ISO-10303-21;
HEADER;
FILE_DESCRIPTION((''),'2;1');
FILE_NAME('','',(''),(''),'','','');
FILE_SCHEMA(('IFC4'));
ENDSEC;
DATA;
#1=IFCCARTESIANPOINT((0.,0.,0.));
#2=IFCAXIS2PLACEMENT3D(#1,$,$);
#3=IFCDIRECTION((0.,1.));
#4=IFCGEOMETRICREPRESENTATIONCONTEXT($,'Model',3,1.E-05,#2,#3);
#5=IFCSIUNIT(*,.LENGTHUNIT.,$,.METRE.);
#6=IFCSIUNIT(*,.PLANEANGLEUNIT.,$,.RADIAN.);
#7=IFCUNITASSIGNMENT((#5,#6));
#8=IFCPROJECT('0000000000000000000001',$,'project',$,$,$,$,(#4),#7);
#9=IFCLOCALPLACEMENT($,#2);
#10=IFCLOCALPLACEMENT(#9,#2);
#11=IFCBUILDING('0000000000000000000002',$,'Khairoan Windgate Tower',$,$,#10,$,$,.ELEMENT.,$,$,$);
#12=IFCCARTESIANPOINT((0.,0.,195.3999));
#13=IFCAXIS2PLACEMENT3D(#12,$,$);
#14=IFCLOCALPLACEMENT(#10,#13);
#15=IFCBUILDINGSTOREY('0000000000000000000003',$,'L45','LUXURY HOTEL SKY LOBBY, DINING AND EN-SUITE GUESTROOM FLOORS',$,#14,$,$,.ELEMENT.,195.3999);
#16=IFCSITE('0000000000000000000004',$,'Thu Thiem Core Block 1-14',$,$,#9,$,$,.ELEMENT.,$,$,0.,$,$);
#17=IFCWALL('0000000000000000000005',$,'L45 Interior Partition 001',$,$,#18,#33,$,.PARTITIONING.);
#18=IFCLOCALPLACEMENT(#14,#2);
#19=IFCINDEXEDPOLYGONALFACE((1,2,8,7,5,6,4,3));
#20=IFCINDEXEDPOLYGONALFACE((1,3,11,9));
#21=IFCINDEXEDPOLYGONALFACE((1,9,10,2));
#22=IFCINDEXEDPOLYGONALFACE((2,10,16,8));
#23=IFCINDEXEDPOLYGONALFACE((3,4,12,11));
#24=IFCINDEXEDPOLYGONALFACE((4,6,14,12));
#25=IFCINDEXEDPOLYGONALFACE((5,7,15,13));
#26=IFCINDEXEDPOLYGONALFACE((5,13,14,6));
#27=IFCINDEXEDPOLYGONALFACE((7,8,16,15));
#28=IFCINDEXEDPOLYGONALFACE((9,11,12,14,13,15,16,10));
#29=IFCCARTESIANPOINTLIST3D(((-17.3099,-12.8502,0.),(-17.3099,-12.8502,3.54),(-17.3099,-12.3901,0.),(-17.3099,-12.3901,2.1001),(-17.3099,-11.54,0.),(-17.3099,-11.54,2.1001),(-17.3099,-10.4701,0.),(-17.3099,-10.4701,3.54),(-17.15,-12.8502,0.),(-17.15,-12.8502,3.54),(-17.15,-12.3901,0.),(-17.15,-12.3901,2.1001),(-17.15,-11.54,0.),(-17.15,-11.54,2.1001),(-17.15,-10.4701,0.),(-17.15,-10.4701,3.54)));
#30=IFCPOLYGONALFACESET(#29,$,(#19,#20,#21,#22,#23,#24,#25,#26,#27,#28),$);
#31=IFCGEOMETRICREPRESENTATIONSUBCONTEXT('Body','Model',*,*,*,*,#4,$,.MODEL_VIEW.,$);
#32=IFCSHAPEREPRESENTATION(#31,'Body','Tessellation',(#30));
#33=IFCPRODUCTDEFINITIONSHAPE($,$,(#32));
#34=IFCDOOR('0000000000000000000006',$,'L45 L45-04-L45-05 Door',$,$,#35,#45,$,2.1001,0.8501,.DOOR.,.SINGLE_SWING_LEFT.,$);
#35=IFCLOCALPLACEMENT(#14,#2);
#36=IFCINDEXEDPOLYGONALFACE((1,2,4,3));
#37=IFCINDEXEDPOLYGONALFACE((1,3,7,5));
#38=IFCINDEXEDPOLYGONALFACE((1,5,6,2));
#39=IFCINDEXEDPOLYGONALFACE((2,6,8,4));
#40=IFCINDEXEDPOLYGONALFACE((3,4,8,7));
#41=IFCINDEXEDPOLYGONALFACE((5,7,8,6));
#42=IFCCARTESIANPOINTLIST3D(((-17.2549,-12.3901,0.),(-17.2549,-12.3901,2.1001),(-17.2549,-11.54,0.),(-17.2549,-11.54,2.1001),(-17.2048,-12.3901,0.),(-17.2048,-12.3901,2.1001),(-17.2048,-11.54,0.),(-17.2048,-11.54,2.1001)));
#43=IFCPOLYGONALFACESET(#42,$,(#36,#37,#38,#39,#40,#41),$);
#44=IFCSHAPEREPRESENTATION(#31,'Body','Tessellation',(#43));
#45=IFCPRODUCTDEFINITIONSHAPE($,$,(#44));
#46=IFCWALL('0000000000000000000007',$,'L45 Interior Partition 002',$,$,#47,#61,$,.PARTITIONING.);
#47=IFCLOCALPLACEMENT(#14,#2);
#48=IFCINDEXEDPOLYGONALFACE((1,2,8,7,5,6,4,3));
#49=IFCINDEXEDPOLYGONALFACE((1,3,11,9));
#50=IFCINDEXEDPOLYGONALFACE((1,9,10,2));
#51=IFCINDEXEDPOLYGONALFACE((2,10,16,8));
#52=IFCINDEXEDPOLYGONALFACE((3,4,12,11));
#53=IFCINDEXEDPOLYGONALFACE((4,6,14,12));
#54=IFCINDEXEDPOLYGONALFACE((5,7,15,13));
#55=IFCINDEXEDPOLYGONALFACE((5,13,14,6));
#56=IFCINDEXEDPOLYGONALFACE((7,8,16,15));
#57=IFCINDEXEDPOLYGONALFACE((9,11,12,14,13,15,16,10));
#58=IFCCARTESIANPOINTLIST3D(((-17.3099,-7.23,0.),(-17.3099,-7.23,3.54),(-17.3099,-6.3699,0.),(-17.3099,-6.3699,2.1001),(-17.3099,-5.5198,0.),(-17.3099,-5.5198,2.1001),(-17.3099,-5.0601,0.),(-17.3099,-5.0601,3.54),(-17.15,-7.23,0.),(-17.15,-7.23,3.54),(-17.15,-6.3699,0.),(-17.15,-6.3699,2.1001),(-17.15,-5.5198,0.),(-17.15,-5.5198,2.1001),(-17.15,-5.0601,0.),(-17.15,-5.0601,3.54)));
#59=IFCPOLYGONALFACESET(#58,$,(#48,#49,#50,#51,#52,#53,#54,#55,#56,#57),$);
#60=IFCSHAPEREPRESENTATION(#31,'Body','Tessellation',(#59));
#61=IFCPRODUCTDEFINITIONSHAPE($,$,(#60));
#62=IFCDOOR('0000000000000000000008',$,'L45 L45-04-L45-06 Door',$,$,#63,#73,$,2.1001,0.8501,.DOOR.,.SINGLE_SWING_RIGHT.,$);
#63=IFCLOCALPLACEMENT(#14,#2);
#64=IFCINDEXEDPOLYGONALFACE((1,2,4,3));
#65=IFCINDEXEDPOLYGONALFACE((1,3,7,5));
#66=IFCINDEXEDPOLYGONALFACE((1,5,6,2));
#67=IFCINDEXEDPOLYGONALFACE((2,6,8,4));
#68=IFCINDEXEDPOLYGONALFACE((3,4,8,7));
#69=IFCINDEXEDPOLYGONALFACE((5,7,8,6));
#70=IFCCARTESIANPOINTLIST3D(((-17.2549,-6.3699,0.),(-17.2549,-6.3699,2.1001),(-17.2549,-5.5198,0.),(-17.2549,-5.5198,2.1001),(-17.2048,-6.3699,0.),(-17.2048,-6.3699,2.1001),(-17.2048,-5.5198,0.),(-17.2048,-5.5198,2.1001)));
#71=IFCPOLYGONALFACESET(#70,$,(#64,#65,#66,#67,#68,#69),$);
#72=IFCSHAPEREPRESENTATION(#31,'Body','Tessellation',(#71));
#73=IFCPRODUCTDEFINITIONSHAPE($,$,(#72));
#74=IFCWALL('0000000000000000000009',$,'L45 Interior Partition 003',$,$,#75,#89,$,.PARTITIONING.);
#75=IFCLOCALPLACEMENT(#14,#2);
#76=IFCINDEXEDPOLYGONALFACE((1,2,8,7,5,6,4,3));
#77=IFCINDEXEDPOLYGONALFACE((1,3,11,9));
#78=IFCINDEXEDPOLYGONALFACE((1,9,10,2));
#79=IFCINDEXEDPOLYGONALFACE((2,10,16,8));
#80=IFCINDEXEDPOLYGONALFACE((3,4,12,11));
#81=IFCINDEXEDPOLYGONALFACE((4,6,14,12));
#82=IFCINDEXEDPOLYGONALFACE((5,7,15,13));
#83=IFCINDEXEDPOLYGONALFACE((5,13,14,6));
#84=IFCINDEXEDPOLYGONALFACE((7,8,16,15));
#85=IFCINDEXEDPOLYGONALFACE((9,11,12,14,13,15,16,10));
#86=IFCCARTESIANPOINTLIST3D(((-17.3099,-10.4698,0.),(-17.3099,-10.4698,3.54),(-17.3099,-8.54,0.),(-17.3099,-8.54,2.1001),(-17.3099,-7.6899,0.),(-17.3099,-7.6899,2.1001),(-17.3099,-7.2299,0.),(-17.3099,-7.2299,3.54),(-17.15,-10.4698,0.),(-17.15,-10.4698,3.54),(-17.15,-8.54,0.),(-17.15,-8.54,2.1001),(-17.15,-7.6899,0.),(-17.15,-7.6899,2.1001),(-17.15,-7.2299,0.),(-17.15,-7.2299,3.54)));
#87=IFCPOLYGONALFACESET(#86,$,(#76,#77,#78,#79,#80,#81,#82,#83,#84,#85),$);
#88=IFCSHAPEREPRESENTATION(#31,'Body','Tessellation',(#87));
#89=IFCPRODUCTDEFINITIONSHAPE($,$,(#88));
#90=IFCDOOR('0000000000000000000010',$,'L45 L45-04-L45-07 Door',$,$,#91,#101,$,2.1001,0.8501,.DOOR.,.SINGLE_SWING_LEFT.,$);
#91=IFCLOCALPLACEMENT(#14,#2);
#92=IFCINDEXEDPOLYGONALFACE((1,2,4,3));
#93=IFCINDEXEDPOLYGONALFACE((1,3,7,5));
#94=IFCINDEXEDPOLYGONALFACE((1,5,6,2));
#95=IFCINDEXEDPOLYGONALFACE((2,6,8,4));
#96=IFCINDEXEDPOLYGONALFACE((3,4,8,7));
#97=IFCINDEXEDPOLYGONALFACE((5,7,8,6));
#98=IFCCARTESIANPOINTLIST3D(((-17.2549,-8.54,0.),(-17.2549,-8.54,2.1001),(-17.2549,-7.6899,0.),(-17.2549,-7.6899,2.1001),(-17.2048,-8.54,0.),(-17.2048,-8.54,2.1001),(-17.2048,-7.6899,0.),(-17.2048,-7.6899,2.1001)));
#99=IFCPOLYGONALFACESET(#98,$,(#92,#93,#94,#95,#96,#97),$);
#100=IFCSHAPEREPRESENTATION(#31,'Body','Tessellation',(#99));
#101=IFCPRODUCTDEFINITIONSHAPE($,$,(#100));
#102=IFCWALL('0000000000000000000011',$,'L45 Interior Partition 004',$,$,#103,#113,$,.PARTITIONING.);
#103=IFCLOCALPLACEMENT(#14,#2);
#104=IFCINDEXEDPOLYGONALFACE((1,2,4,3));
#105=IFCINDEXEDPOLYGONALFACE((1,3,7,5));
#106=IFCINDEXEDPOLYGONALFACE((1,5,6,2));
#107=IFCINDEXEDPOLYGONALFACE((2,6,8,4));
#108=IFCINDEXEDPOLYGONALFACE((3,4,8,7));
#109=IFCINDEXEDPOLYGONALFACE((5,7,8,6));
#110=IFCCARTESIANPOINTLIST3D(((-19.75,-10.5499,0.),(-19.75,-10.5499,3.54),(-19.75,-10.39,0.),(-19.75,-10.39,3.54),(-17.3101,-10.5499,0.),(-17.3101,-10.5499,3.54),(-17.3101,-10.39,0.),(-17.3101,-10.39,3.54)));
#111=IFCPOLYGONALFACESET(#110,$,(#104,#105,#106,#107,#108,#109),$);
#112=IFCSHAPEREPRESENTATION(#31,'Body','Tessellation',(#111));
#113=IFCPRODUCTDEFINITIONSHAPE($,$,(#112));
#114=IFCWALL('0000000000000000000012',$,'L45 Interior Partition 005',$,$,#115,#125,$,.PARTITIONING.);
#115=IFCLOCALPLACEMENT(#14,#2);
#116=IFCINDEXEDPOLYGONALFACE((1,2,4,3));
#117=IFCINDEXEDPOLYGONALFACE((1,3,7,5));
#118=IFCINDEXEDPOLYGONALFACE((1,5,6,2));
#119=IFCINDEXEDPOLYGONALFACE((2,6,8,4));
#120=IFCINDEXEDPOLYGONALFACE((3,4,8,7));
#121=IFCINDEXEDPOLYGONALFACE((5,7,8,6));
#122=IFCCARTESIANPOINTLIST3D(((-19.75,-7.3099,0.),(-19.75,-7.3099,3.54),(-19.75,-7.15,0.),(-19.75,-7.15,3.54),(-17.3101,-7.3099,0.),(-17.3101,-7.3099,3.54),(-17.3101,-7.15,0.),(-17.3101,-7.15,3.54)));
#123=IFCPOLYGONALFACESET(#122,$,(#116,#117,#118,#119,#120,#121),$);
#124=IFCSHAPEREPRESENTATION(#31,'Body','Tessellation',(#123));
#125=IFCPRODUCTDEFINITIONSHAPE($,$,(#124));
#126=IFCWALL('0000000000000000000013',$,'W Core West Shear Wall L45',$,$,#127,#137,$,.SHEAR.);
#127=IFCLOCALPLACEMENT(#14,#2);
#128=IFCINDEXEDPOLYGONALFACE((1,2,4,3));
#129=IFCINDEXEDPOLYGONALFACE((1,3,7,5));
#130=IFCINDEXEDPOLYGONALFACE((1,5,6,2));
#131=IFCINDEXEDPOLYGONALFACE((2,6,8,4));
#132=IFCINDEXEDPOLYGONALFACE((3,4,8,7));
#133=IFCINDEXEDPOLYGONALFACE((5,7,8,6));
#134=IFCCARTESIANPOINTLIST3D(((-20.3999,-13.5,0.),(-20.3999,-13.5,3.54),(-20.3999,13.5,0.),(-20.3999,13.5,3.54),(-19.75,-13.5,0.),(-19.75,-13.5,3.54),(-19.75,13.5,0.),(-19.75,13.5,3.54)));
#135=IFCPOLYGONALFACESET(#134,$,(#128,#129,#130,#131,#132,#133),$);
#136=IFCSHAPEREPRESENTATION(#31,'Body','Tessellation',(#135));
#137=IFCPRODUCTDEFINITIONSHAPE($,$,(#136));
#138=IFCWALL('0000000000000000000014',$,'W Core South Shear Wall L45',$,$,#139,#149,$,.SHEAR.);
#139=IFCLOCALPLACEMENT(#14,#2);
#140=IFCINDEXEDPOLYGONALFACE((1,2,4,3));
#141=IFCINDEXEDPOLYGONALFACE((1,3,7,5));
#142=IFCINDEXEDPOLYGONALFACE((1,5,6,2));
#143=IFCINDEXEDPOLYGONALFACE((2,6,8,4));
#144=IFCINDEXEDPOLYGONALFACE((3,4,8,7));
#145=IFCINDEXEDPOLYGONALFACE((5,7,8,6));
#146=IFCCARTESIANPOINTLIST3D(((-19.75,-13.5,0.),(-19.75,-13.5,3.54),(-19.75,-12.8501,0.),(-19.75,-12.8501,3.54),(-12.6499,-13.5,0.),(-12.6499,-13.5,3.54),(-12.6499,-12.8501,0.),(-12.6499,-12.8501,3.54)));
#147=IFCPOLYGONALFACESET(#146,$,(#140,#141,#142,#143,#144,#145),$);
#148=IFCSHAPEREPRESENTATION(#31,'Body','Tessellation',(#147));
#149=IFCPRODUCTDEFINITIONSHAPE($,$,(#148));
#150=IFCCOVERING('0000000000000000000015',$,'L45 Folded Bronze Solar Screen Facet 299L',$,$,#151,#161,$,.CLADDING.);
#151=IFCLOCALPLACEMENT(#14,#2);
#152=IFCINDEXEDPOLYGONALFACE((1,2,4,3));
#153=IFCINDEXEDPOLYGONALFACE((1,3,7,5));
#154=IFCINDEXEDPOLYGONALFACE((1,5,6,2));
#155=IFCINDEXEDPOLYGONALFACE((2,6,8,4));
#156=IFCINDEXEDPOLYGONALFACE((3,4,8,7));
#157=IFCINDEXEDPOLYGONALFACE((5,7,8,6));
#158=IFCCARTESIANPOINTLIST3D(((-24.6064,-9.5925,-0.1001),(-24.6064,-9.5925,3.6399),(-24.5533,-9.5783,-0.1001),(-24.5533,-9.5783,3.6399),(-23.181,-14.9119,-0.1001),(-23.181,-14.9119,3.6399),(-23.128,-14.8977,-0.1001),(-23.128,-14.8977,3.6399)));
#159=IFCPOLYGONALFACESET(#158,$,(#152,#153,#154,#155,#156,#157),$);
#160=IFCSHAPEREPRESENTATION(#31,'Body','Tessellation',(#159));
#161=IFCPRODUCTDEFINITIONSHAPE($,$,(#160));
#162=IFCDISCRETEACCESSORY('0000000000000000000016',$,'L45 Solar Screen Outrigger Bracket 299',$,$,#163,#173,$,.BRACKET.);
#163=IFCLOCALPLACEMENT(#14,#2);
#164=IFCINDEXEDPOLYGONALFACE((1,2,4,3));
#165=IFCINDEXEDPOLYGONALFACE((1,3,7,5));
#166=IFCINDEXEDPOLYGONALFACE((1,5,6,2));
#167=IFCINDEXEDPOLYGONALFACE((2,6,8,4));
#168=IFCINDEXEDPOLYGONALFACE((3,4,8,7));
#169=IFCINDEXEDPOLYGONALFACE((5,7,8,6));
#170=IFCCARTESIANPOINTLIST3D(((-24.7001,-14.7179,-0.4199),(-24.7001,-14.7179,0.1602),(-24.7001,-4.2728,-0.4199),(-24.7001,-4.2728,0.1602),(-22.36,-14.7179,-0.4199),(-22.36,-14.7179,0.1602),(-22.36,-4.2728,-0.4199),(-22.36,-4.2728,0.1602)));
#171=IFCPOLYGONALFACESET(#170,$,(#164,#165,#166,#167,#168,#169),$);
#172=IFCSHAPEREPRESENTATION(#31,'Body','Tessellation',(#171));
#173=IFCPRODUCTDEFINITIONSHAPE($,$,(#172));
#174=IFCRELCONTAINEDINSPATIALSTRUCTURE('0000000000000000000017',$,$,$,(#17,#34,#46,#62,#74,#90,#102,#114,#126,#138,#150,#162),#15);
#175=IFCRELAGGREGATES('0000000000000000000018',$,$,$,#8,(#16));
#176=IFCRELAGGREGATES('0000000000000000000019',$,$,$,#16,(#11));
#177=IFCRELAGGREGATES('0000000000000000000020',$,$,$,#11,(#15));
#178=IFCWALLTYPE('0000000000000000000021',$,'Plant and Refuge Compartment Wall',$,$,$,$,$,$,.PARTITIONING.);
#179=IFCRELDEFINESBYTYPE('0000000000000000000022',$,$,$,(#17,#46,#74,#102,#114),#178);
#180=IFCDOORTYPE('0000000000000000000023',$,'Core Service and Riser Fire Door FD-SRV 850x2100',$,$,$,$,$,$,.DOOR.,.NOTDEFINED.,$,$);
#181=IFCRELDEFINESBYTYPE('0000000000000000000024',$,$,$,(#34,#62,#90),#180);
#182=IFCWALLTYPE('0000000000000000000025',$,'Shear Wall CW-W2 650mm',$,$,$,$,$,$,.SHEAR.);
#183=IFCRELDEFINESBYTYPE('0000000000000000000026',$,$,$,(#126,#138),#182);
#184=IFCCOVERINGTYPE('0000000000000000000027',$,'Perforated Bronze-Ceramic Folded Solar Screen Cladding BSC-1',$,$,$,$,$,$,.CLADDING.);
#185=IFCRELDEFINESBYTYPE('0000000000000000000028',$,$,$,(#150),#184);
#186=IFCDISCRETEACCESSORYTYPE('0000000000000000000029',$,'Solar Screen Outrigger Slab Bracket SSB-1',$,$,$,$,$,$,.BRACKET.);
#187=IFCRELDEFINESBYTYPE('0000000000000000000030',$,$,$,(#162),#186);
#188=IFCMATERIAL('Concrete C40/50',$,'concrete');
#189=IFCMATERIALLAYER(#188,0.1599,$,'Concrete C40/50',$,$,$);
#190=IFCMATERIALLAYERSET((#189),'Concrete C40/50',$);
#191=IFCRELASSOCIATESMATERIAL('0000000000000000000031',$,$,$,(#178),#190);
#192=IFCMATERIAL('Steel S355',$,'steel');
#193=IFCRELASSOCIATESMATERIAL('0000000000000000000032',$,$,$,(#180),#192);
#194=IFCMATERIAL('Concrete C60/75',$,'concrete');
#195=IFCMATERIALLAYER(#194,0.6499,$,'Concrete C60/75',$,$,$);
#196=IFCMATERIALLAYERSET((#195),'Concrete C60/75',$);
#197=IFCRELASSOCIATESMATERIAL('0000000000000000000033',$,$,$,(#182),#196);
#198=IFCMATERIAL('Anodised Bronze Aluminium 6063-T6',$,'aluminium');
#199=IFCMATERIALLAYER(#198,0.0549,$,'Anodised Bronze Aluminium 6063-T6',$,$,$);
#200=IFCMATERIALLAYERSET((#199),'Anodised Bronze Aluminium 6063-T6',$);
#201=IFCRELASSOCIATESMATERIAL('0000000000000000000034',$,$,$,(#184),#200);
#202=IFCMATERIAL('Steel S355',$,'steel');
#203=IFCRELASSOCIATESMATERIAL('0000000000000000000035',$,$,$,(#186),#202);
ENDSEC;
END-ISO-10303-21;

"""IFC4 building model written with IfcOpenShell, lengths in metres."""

from ifc_helpers import new_model, si_unit, direction, frame, frame_2d, origin, origin_2d, place, context, subcontext, project, spatial, rectangle, extrude, material, layer, layer_set, type_object, element, fill, save


model = new_model("IFC4")

# Units and contexts
model_context = context("Model", 3, precision=1e-05, world=origin(), true_north=direction((0.0, 1.0)))
body_context = subcontext(model_context, "Body", "Model", "MODEL_VIEW")
ifc_project = project(units=[si_unit("LENGTHUNIT", "METRE"), si_unit("PLANEANGLEUNIT", "RADIAN")], contexts=[model_context])

# Site, building, storey
site_placement = place(None, origin())
site = spatial("IfcSite", under=ifc_project, at=site_placement, Name="Thu Thiem Core Block 1-14", CompositionType="ELEMENT", RefElevation=0.0)
building_placement = place(site_placement, origin())
building = spatial("IfcBuilding", under=site, at=building_placement, Name="Khairoan Windgate Tower", CompositionType="ELEMENT")
storey_placement = place(building_placement, frame((0.0, 0.0, 195.3999)))
storey = spatial("IfcBuildingStorey", under=building, at=storey_placement, Name="L45", Description="LUXURY HOTEL SKY LOBBY, DINING AND EN-SUITE GUESTROOM FLOORS", CompositionType="ELEMENT", Elevation=195.3999)

# Walls, openings, doors
ifc_material_1 = material(Name="Concrete C40/50", Category="concrete")
ifc_layer_1 = layer(ifc_material_1, 0.1599, Name="Concrete C40/50")
ifc_layer_set_1 = layer_set([ifc_layer_1], Name="Concrete C40/50")
wall_type_1 = type_object("IfcWallType", Name="Plant and Refuge Compartment Wall", PredefinedType="PARTITIONING", material=ifc_layer_set_1)
wall_1_placement = place(storey_placement, frame((-17.23, -12.8501, 0.0), z_axis=(0.0, 0.0, 1.0), x_axis=(0.0, 1.0, 0.0)))
wall_1 = element("IfcWall", 1, at=wall_1_placement, inside=storey, type_object=wall_type_1, Name="L45 Interior Partition 001", PredefinedType="PARTITIONING", context=body_context, shape_type="SweptSolid", body=[
    extrude(rectangle(XDim=2.3801, YDim=0.1599, at=frame_2d((1.1899, 0.0))), origin(), (0.0, 0.0, 1.0), 3.54),
])
opening_1_placement = place(wall_1_placement, frame((0.46, 0.0, 0.0)))
opening_1 = element("IfcOpeningElement", 2, at=opening_1_placement, cuts=wall_1, PredefinedType="OPENING", context=body_context, shape_type="SweptSolid", body=[
    extrude(rectangle(XDim=0.8501, YDim=2.1001, at=frame_2d((0.425, 1.05))), frame((0.0, 0.0898, 0.0), z_axis=(0.0, -1.0, 0.0), x_axis=(1.0, 0.0, 0.0)), (0.0, 0.0, 1.0), 0.1799),
])
ifc_material_2 = material(Name="Steel S355", Category="steel")
door_type_1 = type_object("IfcDoorType", Name="Core Service and Riser Fire Door FD-SRV 850x2100", OperationType="NOTDEFINED", PredefinedType="DOOR", material=ifc_material_2)
door_1_placement = place(opening_1_placement, origin())
door_1 = element("IfcDoor", 3, at=door_1_placement, inside=storey, type_object=door_type_1, Name="L45 L45-04-L45-05 Door", OperationType="SINGLE_SWING_LEFT", OverallHeight=2.1001, OverallWidth=0.8501, PredefinedType="DOOR", context=body_context, shape_type="SweptSolid", body=[
    extrude(rectangle(XDim=0.8501, YDim=2.1001, at=frame_2d((0.425, 1.05))), frame((0.0, 0.0249, 0.0), z_axis=(0.0, -1.0, 0.0), x_axis=(1.0, 0.0, 0.0)), (0.0, 0.0, 1.0), 0.05),
])
fill(opening_1, door_1)
wall_2_placement = place(storey_placement, frame((-17.23, -7.23, 0.0), z_axis=(0.0, 0.0, 1.0), x_axis=(0.0, 1.0, 0.0)))
wall_2 = element("IfcWall", 4, at=wall_2_placement, inside=storey, type_object=wall_type_1, Name="L45 Interior Partition 002", PredefinedType="PARTITIONING", context=body_context, shape_type="SweptSolid", body=[
    extrude(rectangle(XDim=2.1699, YDim=0.1599, at=frame_2d((1.085, 0.0))), origin(), (0.0, 0.0, 1.0), 3.54),
])
opening_2_placement = place(wall_2_placement, frame((0.8601, 0.0, 0.0)))
opening_2 = element("IfcOpeningElement", 5, at=opening_2_placement, cuts=wall_2, PredefinedType="OPENING", context=body_context, shape_type="SweptSolid", body=[
    extrude(rectangle(XDim=0.8501, YDim=2.1001, at=frame_2d((0.425, 1.05))), frame((0.0, 0.0898, 0.0), z_axis=(0.0, -1.0, 0.0), x_axis=(1.0, 0.0, 0.0)), (0.0, 0.0, 1.0), 0.1799),
])
door_2_placement = place(opening_2_placement, origin())
door_2 = element("IfcDoor", 6, at=door_2_placement, inside=storey, type_object=door_type_1, Name="L45 L45-04-L45-06 Door", OperationType="SINGLE_SWING_RIGHT", OverallHeight=2.1001, OverallWidth=0.8501, PredefinedType="DOOR", context=body_context, shape_type="SweptSolid", body=[
    extrude(rectangle(XDim=0.8501, YDim=2.1001, at=frame_2d((0.425, 1.05))), frame((0.0, 0.0249, 0.0), z_axis=(0.0, -1.0, 0.0), x_axis=(1.0, 0.0, 0.0)), (0.0, 0.0, 1.0), 0.05),
])
fill(opening_2, door_2)
wall_3_placement = place(storey_placement, frame((-17.23, -10.47, 0.0), z_axis=(0.0, 0.0, 1.0), x_axis=(0.0, 1.0, 0.0)))
wall_3 = element("IfcWall", 7, at=wall_3_placement, inside=storey, type_object=wall_type_1, Name="L45 Interior Partition 003", PredefinedType="PARTITIONING", context=body_context, shape_type="SweptSolid", body=[
    extrude(rectangle(XDim=3.24, YDim=0.1599, at=frame_2d((1.6201, 0.0))), origin(), (0.0, 0.0, 1.0), 3.54),
])
opening_3_placement = place(wall_3_placement, frame((1.9299, 0.0, 0.0)))
opening_3 = element("IfcOpeningElement", 8, at=opening_3_placement, cuts=wall_3, PredefinedType="OPENING", context=body_context, shape_type="SweptSolid", body=[
    extrude(rectangle(XDim=0.8501, YDim=2.1001, at=frame_2d((0.425, 1.05))), frame((0.0, 0.0898, 0.0), z_axis=(0.0, -1.0, 0.0), x_axis=(1.0, 0.0, 0.0)), (0.0, 0.0, 1.0), 0.1799),
])
door_3_placement = place(opening_3_placement, origin())
door_3 = element("IfcDoor", 9, at=door_3_placement, inside=storey, type_object=door_type_1, Name="L45 L45-04-L45-07 Door", OperationType="SINGLE_SWING_LEFT", OverallHeight=2.1001, OverallWidth=0.8501, PredefinedType="DOOR", context=body_context, shape_type="SweptSolid", body=[
    extrude(rectangle(XDim=0.8501, YDim=2.1001, at=frame_2d((0.425, 1.05))), frame((0.0, 0.0249, 0.0), z_axis=(0.0, -1.0, 0.0), x_axis=(1.0, 0.0, 0.0)), (0.0, 0.0, 1.0), 0.05),
])
fill(opening_3, door_3)

# Walls
for number, where, z_axis, x_axis, name in (
    (10, (-19.75, -10.47, 0.0), (0.0, 0.0, 1.0), (1.0, 0.0, 0.0), "L45 Interior Partition 004"),
    (11, (-19.75, -7.23, 0.0), (0.0, 0.0, 1.0), (1.0, 0.0, 0.0), "L45 Interior Partition 005"),
):
    element("IfcWall", number, at=place(storey_placement, frame(where, z_axis=z_axis, x_axis=x_axis)), inside=storey, type_object=wall_type_1, Name=name, PredefinedType="PARTITIONING", context=body_context, shape_type="SweptSolid", body=[
        extrude(rectangle(XDim=2.4399, YDim=0.1599, at=frame_2d((1.22, 0.0))), origin(), (0.0, 0.0, 1.0), 3.54),
    ])
ifc_material_3 = material(Name="Concrete C60/75", Category="concrete")
ifc_layer_2 = layer(ifc_material_3, 0.6499, Name="Concrete C60/75")
ifc_layer_set_2 = layer_set([ifc_layer_2], Name="Concrete C60/75")
wall_type_2 = type_object("IfcWallType", Name="Shear Wall CW-W2 650mm", PredefinedType="SHEAR", material=ifc_layer_set_2)
wall_4_placement = place(storey_placement, frame((-20.075, -13.5, 0.0), z_axis=(0.0, 0.0, 1.0), x_axis=(0.0, 1.0, 0.0)))
element("IfcWall", 12, at=wall_4_placement, inside=storey, type_object=wall_type_2, Name="W Core West Shear Wall L45", PredefinedType="SHEAR", context=body_context, shape_type="SweptSolid", body=[
    extrude(rectangle(XDim=27.0, YDim=0.6499, at=frame_2d((13.5, 0.0))), origin(), (0.0, 0.0, 1.0), 3.54),
])
wall_5_placement = place(storey_placement, frame((-19.75, -13.175, 0.0), z_axis=(0.0, 0.0, 1.0), x_axis=(1.0, 0.0, 0.0)))
element("IfcWall", 13, at=wall_5_placement, inside=storey, type_object=wall_type_2, Name="W Core South Shear Wall L45", PredefinedType="SHEAR", context=body_context, shape_type="SweptSolid", body=[
    extrude(rectangle(XDim=7.1001, YDim=0.6499, at=frame_2d((3.55, 0.0))), origin(), (0.0, 0.0, 1.0), 3.54),
])

# Covering
ifc_material_4 = material(Name="Anodised Bronze Aluminium 6063-T6", Category="aluminium")
ifc_layer_3 = layer(ifc_material_4, 0.0549, Name="Anodised Bronze Aluminium 6063-T6")
ifc_layer_set_3 = layer_set([ifc_layer_3], Name="Anodised Bronze Aluminium 6063-T6")
covering_type = type_object("IfcCoveringType", Name="Perforated Bronze-Ceramic Folded Solar Screen Cladding BSC-1", PredefinedType="CLADDING", material=ifc_layer_set_3)
covering_placement = place(storey_placement, frame((-23.8672, -12.2451, -0.1001), z_axis=(0.0, 0.0, 1.0), x_axis=(-0.258819, 0.965926, 0.0)))
element("IfcCovering", 14, at=covering_placement, inside=storey, type_object=covering_type, Name="L45 Folded Bronze Solar Screen Facet 299L", PredefinedType="CLADDING", context=body_context, shape_type="SweptSolid", body=[
    extrude(rectangle(XDim=5.5071, YDim=0.0549, at=origin_2d()), origin(), (0.0, 0.0, 1.0), 3.74),
])

# Discrete accessory
ifc_material_5 = material(Name="Steel S355", Category="steel")
discrete_accessory_type = type_object("IfcDiscreteAccessoryType", Name="Solar Screen Outrigger Slab Bracket SSB-1", PredefinedType="BRACKET", material=ifc_material_5)
discrete_accessory_placement = place(storey_placement, frame((-23.53, -9.4954, -0.4199), z_axis=(0.0, 0.0, 1.0), x_axis=(0.0, 1.0, 0.0)))
element("IfcDiscreteAccessory", 15, at=discrete_accessory_placement, inside=storey, type_object=discrete_accessory_type, Name="L45 Solar Screen Outrigger Bracket 299", PredefinedType="BRACKET", context=body_context, shape_type="SweptSolid", body=[
    extrude(rectangle(XDim=10.4451, YDim=2.3401, at=origin_2d()), origin(), (0.0, 0.0, 1.0), 0.5801),
])

save(model, "model.ifc")
